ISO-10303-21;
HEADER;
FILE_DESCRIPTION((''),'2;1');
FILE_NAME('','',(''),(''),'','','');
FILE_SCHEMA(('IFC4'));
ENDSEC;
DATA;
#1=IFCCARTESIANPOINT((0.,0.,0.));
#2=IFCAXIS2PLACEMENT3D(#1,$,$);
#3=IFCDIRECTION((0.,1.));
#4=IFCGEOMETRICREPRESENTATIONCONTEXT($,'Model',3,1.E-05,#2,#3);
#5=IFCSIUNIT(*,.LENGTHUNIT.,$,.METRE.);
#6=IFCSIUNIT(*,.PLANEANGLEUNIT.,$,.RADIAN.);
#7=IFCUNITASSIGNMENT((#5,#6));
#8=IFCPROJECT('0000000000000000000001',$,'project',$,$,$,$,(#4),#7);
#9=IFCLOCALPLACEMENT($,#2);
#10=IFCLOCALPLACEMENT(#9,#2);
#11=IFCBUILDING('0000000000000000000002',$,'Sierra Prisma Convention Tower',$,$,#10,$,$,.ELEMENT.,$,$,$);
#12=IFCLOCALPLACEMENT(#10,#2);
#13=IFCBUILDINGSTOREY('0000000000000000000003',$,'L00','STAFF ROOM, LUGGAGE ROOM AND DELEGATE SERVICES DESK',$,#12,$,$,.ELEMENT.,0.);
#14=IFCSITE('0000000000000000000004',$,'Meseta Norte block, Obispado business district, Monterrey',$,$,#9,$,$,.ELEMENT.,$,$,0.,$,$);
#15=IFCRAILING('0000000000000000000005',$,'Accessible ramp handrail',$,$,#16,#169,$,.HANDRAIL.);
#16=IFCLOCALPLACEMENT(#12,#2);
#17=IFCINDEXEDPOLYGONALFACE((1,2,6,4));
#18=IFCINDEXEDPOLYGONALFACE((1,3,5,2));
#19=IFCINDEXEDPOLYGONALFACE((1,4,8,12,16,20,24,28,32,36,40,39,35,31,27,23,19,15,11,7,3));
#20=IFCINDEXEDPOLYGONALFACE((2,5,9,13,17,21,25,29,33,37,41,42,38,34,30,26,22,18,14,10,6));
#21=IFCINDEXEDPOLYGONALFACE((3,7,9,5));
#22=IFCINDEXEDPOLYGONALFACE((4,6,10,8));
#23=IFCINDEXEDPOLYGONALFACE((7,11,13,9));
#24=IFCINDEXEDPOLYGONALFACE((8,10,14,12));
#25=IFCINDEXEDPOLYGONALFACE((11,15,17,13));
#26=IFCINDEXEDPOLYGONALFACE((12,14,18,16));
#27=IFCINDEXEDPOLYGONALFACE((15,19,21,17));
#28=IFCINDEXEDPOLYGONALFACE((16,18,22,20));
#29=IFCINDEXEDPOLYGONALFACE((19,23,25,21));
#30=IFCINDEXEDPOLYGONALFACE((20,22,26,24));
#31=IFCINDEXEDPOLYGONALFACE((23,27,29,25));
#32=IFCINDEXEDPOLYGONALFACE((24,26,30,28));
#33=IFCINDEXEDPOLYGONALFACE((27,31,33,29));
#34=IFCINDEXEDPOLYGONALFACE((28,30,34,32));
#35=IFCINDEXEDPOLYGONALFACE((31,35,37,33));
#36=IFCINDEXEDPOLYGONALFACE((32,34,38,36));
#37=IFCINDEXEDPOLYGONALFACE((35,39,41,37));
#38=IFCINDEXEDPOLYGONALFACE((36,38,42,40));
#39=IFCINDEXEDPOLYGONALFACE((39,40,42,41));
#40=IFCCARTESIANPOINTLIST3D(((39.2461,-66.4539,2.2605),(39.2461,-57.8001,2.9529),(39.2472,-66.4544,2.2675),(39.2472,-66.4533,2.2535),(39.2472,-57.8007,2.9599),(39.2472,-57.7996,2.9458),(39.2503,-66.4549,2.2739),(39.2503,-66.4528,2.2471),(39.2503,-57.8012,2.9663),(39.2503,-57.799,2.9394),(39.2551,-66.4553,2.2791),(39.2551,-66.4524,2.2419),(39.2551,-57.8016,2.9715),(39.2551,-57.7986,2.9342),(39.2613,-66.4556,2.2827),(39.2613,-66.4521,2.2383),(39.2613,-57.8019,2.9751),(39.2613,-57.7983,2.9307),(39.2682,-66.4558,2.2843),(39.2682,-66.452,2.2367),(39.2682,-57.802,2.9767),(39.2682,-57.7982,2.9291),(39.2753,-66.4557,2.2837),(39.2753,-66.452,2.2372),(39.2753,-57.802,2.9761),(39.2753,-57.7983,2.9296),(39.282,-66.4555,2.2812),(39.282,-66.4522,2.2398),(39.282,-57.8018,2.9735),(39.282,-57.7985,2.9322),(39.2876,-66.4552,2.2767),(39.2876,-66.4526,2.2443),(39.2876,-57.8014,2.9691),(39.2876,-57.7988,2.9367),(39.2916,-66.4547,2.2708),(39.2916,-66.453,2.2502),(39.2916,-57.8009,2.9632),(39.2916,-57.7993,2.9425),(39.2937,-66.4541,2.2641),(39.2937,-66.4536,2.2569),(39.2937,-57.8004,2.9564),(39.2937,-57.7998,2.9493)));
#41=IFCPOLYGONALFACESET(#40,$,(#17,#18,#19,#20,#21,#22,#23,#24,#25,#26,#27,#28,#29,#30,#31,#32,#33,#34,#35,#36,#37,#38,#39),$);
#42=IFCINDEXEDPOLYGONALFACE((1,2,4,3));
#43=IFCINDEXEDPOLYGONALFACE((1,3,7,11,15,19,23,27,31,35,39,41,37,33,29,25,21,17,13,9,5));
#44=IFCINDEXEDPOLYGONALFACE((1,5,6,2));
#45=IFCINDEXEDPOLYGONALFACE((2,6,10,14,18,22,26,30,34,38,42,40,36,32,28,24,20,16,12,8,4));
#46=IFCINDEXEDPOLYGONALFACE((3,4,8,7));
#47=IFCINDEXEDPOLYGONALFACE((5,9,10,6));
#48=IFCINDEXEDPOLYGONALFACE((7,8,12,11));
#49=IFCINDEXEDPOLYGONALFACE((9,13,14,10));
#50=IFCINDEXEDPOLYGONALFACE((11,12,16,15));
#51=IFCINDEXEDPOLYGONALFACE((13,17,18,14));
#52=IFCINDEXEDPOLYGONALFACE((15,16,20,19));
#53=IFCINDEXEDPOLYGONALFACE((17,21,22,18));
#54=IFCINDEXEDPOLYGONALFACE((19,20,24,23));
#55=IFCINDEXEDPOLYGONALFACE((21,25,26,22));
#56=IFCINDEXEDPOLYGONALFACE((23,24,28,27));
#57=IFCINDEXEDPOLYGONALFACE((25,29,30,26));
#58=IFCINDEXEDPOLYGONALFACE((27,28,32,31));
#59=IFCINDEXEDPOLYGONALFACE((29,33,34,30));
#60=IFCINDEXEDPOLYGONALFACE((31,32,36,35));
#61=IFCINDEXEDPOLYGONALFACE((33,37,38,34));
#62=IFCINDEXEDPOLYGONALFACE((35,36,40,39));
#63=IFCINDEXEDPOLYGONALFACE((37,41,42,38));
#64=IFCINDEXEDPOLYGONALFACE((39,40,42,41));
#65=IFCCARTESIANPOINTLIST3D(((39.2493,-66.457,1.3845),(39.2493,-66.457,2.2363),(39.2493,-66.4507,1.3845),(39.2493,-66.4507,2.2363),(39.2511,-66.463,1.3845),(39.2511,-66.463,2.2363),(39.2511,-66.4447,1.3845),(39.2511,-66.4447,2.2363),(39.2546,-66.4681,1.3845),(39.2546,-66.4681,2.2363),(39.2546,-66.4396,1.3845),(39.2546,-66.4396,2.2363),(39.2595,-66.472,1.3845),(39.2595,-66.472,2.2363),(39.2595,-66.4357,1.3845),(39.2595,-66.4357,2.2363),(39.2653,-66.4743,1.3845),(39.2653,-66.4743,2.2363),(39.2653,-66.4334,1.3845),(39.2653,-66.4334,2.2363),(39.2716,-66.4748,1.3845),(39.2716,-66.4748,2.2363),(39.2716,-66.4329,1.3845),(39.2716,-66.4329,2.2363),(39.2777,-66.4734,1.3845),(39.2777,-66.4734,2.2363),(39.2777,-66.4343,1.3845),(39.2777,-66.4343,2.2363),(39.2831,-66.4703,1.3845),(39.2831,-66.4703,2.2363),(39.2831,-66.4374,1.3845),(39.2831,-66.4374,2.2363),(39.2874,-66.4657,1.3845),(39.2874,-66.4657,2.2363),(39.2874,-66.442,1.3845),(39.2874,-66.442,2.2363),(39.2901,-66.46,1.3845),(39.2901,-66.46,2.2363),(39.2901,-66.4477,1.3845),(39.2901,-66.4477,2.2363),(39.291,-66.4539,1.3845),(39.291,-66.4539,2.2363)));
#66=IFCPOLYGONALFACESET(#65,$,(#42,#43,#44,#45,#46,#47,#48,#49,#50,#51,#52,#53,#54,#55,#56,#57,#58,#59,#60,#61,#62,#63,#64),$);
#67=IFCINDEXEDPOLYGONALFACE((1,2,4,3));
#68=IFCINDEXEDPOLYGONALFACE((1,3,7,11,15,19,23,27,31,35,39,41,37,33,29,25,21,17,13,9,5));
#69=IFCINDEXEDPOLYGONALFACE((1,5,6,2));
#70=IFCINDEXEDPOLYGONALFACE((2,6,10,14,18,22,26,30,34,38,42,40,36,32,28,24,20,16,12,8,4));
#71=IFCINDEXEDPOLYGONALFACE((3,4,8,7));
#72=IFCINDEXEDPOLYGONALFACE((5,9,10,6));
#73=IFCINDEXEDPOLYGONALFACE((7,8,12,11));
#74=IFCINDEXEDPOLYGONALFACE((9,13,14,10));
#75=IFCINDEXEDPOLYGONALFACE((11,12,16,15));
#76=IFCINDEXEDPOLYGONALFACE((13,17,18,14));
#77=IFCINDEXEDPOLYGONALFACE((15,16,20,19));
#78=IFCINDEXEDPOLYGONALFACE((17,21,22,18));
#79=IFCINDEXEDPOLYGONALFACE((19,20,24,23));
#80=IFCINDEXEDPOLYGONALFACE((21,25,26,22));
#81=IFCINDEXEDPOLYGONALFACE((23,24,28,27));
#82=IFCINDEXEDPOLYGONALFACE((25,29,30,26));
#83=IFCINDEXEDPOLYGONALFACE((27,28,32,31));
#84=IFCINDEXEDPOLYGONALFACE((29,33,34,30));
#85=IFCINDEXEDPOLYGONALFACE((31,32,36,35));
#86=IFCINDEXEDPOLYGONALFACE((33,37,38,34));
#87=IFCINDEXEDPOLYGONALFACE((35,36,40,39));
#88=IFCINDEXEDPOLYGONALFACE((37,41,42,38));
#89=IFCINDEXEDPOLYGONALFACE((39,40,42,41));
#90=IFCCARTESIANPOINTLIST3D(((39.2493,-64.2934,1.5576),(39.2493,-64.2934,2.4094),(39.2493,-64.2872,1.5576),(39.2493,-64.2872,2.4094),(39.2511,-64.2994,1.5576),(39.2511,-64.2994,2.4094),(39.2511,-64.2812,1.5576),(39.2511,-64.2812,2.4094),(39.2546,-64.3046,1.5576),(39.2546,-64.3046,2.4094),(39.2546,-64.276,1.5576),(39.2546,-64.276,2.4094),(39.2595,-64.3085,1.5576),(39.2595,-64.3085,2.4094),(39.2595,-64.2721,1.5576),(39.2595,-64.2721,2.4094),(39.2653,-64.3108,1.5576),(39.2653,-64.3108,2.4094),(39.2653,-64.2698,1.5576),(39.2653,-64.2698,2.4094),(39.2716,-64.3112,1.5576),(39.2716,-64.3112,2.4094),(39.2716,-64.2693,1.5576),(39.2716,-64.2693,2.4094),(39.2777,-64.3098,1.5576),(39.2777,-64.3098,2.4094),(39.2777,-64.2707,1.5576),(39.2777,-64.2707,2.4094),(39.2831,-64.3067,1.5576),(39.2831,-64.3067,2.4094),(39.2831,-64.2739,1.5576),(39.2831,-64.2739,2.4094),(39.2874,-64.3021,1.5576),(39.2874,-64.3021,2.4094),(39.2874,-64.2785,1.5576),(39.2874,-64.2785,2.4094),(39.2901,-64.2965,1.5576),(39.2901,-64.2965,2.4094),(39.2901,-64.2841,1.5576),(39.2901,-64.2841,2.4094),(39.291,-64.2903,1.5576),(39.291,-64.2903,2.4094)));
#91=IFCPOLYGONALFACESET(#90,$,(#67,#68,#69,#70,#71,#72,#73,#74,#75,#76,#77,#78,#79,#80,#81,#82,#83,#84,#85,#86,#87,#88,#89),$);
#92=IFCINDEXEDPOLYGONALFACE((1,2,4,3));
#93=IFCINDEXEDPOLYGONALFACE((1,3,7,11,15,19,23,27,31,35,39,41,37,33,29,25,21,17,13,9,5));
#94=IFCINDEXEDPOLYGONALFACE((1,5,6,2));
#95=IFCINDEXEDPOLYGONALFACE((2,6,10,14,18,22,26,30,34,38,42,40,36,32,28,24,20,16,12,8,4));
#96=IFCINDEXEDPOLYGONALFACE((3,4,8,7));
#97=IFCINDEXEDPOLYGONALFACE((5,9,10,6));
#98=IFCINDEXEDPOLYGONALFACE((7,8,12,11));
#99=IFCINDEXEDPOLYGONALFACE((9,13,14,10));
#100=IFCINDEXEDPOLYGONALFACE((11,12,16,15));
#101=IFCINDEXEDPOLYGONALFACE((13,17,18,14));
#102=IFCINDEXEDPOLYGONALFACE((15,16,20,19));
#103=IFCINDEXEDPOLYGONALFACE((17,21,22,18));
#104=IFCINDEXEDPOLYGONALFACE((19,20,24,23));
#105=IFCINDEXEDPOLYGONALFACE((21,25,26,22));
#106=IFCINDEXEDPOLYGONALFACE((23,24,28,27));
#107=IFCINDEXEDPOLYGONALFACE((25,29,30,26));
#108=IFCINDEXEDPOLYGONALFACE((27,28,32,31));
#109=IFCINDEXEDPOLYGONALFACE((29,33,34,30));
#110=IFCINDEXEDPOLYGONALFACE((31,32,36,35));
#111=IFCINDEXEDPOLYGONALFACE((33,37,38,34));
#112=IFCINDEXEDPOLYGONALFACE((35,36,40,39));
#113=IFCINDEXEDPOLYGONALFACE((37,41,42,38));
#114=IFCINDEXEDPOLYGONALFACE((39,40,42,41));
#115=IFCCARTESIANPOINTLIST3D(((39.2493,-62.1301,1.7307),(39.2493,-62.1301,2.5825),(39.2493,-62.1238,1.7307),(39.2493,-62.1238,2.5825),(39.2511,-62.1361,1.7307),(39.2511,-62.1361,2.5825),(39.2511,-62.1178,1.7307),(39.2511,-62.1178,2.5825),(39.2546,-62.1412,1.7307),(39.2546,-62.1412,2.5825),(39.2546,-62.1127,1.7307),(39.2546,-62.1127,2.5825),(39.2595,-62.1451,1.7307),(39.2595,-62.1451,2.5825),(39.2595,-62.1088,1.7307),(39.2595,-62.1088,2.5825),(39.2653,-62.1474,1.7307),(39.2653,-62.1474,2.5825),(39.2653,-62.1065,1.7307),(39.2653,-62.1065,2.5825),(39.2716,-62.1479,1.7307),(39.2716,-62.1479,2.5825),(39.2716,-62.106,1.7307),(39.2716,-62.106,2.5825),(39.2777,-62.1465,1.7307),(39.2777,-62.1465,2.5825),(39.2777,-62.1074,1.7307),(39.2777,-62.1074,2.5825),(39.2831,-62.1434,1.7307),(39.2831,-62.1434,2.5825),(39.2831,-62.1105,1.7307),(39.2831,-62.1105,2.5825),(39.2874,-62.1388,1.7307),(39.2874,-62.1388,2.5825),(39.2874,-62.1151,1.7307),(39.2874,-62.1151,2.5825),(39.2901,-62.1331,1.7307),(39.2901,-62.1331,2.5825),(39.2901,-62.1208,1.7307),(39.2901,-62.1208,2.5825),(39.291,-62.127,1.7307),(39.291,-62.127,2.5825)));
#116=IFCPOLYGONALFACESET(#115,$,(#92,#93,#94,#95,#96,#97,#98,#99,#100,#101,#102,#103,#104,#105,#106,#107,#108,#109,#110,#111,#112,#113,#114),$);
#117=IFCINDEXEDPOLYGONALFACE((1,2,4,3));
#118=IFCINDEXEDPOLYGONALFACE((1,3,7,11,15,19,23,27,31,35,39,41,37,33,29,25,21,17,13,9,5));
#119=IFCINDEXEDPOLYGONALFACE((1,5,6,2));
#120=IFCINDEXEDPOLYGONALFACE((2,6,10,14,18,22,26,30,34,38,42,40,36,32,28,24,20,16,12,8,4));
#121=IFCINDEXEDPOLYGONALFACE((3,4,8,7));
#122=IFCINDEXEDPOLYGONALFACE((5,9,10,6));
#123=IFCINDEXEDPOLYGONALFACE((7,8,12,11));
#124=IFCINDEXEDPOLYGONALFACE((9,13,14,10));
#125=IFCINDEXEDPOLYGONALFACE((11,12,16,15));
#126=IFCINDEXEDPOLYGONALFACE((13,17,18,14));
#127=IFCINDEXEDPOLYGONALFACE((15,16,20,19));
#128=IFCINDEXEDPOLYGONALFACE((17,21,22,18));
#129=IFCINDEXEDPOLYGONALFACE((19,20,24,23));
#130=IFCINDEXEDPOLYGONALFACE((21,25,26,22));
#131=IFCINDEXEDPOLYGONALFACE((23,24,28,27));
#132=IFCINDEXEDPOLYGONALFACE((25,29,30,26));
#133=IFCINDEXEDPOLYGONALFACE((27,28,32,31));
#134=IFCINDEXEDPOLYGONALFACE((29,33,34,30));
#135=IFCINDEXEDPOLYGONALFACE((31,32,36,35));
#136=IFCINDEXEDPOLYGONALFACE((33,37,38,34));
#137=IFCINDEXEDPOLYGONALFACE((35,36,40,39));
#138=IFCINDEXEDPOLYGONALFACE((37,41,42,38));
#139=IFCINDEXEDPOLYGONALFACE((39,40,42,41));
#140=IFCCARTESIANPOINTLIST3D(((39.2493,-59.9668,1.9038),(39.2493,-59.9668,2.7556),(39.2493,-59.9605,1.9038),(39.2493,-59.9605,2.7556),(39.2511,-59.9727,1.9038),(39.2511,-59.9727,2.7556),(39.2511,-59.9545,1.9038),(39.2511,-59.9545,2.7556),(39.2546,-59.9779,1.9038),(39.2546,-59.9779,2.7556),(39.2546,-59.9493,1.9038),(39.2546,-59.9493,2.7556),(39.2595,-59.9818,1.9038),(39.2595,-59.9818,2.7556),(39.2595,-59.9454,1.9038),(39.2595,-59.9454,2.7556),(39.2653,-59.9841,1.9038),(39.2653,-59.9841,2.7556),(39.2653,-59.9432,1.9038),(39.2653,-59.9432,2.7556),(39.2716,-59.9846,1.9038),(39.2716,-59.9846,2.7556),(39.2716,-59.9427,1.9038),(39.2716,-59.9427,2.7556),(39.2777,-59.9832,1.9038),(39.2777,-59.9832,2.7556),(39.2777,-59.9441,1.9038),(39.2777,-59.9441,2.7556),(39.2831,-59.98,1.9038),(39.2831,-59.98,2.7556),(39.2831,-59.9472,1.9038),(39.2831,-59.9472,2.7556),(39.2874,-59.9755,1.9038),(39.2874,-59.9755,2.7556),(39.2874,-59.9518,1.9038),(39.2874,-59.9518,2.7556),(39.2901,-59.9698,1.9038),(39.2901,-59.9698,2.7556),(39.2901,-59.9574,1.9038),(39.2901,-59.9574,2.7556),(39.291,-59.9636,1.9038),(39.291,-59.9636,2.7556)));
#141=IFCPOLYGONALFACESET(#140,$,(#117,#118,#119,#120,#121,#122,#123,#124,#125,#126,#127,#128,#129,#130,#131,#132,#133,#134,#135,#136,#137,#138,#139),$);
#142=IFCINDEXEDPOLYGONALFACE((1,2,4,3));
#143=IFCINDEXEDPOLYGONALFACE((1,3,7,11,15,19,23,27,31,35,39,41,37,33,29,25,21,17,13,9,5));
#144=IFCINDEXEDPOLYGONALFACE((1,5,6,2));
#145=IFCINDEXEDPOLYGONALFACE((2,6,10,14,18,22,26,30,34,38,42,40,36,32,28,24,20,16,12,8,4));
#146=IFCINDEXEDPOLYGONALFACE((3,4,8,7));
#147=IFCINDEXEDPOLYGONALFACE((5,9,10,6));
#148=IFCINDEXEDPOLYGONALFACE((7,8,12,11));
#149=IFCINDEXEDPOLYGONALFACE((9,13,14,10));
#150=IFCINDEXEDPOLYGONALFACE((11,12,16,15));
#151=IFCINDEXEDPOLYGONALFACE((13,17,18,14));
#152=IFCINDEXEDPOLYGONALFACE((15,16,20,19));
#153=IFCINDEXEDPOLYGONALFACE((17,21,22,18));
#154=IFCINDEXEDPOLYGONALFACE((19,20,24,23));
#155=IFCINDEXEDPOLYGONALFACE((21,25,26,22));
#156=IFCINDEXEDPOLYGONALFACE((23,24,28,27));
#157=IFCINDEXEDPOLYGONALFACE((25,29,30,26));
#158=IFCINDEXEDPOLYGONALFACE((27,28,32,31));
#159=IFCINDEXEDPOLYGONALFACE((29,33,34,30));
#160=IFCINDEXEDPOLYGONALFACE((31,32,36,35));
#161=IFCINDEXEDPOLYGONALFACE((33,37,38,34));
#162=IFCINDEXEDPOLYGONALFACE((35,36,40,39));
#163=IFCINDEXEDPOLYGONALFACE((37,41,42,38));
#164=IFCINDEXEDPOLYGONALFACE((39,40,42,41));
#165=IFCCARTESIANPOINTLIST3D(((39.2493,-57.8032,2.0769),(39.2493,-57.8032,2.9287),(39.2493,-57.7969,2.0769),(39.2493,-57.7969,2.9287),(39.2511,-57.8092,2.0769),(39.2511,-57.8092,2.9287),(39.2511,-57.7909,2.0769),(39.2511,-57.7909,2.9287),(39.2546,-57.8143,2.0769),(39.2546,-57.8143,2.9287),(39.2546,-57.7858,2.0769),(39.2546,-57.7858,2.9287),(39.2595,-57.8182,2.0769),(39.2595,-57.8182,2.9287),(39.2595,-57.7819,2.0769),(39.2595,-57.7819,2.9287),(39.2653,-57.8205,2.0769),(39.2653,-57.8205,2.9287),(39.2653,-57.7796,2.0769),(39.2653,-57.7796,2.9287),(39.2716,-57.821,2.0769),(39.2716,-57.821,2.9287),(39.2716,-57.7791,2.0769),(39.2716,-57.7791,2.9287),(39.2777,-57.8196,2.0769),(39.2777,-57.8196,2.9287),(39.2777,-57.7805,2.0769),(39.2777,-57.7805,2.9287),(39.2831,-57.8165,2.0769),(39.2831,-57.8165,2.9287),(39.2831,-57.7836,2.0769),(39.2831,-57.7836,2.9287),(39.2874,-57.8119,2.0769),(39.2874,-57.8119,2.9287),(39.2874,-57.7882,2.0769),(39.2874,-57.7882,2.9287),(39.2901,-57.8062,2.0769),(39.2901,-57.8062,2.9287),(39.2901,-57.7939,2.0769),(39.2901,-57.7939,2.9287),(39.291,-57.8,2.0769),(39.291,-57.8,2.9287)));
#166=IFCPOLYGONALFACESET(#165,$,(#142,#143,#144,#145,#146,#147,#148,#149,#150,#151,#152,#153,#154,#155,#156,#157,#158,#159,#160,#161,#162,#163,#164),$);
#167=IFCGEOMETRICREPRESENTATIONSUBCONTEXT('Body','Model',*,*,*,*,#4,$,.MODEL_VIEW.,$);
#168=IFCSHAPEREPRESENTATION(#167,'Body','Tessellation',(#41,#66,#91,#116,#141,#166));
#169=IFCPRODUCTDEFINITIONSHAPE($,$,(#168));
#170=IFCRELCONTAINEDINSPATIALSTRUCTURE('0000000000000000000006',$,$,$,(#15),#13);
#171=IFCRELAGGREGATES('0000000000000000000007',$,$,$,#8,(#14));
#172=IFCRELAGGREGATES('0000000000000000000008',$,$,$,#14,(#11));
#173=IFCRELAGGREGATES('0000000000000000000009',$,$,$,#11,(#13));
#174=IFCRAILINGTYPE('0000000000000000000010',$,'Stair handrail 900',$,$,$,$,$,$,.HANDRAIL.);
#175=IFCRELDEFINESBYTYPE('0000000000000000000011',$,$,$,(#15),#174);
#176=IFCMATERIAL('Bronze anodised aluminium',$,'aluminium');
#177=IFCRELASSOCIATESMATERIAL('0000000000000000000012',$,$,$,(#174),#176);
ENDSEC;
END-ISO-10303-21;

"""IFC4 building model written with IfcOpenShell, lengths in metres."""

from ifc_helpers import new_model, si_unit, direction, frame, origin, origin_2d, place, context, subcontext, project, spatial, circle, extrude, material, type_object, element, save


model = new_model("IFC4")

# Units and contexts
model_context = context("Model", 3, precision=1e-05, world=origin(), true_north=direction((0.0, 1.0)))
body_context = subcontext(model_context, "Body", "Model", "MODEL_VIEW")
ifc_project = project(units=[si_unit("LENGTHUNIT", "METRE"), si_unit("PLANEANGLEUNIT", "RADIAN")], contexts=[model_context])

# Site, building, storey
site_placement = place(None, origin())
site = spatial("IfcSite", under=ifc_project, at=site_placement, Name="Meseta Norte block, Obispado business district, Monterrey", CompositionType="ELEMENT", RefElevation=0.0)
building_placement = place(site_placement, origin())
building = spatial("IfcBuilding", under=site, at=building_placement, Name="Sierra Prisma Convention Tower", CompositionType="ELEMENT")
storey_placement = place(building_placement, origin())
storey = spatial("IfcBuildingStorey", under=building, at=storey_placement, Name="L00", Description="STAFF ROOM, LUGGAGE ROOM AND DELEGATE SERVICES DESK", CompositionType="ELEMENT", Elevation=0.0)

# Railing
ifc_material_1 = material(Name="Bronze anodised aluminium", Category="aluminium")
railing_type_1 = type_object("IfcRailingType", Name="Stair handrail 900", PredefinedType="HANDRAIL", material=ifc_material_1)
for number, where, name in (
    (1, (39.27, -66.4539, 1.3845), "Accessible ramp handrail"),
):
    element("IfcRailing", number, at=place(storey_placement, frame(where)), inside=storey, type_object=railing_type_1, Name=name, PredefinedType="HANDRAIL", context=body_context, shape_type="SweptSolid", body=[
        extrude(circle(Radius=0.0239, at=origin_2d()), frame((0.0, 0.0, 0.876), z_axis=(0.0, 0.996815, 0.079754), x_axis=(-1.0, 0.0, 0.0)), (0.0, 0.0, 1.0), 8.6814),
        extrude(circle(Radius=0.021, at=origin_2d()), origin(), (0.0, 0.0, 1.0), 0.8518),
        extrude(circle(Radius=0.021, at=origin_2d()), frame((0.0, 2.1636, 0.1731)), (0.0, 0.0, 1.0), 0.8518),
        extrude(circle(Radius=0.021, at=origin_2d()), frame((0.0, 4.3269, 0.3462)), (0.0, 0.0, 1.0), 0.8518),
        extrude(circle(Radius=0.021, at=origin_2d()), frame((0.0, 6.4902, 0.5193)), (0.0, 0.0, 1.0), 0.8518),
        extrude(circle(Radius=0.021, at=origin_2d()), frame((0.0, 8.6538, 0.6924)), (0.0, 0.0, 1.0), 0.8518),
    ])

save(model, "model.ifc")
